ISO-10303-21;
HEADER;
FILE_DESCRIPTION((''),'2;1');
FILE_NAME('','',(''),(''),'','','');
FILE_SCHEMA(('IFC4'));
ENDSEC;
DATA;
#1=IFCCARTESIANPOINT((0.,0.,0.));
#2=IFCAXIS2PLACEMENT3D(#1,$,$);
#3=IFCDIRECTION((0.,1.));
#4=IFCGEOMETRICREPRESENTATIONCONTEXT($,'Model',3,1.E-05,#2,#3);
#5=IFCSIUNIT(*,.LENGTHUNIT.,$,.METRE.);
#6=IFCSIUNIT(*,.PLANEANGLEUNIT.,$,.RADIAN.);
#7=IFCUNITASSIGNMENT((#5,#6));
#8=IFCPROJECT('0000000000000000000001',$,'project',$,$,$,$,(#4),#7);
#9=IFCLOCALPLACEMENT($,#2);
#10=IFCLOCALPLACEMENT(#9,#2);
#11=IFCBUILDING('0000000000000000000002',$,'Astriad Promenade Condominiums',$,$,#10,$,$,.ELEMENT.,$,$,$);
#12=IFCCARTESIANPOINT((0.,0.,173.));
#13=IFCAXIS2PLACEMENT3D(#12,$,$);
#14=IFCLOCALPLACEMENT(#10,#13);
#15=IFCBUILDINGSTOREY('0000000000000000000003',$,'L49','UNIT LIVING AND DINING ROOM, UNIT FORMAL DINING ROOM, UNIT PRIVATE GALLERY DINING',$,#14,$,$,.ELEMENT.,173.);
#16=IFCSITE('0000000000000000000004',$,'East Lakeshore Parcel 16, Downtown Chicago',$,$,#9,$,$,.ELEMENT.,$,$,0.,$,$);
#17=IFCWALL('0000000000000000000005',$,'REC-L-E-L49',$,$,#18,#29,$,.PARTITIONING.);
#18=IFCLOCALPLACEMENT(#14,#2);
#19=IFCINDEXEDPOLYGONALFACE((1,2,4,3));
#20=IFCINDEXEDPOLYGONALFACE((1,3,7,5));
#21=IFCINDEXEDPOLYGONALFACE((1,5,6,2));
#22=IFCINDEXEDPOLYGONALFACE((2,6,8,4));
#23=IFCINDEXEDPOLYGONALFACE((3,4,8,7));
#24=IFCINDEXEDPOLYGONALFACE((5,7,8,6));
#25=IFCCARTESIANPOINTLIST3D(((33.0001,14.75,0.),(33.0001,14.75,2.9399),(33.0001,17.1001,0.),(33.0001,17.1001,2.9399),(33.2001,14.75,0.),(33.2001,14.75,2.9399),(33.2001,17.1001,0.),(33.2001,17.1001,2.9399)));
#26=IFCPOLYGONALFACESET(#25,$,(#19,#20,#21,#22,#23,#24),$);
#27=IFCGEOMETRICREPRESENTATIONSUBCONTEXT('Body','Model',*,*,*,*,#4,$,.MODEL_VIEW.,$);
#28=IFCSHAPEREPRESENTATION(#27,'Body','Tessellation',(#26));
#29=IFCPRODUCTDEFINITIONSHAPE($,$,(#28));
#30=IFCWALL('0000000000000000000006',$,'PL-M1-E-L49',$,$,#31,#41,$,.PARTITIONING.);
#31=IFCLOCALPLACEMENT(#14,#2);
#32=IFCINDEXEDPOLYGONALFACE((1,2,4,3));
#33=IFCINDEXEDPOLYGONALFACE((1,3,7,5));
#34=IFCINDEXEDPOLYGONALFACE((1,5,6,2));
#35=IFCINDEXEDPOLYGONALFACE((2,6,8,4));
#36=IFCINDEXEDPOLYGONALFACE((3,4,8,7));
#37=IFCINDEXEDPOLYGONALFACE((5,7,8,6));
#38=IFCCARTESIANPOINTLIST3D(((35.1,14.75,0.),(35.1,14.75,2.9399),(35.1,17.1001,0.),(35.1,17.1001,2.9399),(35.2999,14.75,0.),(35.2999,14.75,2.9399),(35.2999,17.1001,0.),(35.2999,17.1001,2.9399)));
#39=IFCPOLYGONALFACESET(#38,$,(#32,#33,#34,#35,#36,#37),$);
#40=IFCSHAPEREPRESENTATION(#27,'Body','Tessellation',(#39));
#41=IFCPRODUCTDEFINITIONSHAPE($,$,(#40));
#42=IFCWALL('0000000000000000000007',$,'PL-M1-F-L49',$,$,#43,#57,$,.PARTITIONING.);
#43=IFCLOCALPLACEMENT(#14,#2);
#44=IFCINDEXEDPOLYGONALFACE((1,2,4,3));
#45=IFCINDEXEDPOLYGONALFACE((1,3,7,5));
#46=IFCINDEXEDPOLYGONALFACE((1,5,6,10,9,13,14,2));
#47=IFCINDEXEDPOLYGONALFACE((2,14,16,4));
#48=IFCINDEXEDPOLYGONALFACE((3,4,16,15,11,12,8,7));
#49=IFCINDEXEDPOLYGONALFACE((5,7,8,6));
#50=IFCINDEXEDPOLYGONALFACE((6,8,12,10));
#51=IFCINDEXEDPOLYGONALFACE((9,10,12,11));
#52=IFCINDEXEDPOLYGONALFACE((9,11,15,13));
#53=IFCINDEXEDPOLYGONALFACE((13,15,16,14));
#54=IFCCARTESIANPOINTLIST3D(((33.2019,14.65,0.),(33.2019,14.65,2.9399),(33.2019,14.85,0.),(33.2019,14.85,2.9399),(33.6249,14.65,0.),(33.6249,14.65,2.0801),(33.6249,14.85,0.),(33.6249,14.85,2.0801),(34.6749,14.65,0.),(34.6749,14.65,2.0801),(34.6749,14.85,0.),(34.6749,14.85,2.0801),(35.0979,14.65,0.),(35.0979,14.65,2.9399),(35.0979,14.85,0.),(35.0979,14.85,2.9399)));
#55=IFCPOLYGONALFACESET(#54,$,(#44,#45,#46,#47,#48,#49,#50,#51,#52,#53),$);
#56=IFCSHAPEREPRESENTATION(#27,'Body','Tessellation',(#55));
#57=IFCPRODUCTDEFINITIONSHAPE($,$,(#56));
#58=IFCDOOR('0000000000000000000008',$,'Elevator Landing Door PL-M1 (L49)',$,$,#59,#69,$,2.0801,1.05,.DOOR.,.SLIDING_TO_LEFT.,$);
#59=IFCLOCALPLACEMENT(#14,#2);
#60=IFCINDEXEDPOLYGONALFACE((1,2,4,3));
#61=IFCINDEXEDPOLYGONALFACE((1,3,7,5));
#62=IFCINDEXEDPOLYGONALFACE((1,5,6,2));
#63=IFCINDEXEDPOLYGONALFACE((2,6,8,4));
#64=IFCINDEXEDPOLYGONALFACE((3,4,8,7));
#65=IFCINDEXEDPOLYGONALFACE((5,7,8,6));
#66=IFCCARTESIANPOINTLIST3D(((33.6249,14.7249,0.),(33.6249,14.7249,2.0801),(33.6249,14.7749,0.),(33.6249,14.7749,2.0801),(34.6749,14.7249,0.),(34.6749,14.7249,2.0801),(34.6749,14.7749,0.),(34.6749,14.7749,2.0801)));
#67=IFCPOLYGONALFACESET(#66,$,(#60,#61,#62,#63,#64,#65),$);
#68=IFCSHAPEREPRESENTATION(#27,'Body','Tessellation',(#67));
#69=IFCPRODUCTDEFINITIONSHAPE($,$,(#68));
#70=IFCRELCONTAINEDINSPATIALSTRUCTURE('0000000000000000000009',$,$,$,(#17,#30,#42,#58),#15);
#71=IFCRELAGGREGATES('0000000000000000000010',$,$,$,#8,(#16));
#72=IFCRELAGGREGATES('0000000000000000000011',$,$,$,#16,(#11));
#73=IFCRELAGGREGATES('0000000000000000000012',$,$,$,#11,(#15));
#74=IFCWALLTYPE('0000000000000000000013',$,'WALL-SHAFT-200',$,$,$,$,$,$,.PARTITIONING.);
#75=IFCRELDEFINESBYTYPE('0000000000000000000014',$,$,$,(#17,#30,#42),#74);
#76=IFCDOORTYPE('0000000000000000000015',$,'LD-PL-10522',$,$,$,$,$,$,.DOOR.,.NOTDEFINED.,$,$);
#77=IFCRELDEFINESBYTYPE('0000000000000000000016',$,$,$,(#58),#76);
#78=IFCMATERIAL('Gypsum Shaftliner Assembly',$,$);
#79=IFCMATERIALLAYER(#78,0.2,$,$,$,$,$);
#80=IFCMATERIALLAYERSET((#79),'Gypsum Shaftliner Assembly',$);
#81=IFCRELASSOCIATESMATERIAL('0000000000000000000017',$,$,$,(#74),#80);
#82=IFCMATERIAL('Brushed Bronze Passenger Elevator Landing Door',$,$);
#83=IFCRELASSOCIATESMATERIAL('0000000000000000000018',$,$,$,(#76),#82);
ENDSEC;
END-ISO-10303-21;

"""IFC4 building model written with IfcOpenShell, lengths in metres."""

from ifc_helpers import new_model, si_unit, direction, frame, frame_2d, origin, place, context, subcontext, project, spatial, rectangle, extrude, source, transform, mapped, material, layer, layer_set, type_object, type_shapes, element, fill, save


model = new_model("IFC4")

# Units and contexts
model_context = context("Model", 3, precision=1e-05, world=origin(), true_north=direction((0.0, 1.0)))
body_context = subcontext(model_context, "Body", "Model", "MODEL_VIEW")
ifc_project = project(units=[si_unit("LENGTHUNIT", "METRE"), si_unit("PLANEANGLEUNIT", "RADIAN")], contexts=[model_context])

# Site, building, storey
site_placement = place(None, origin())
site = spatial("IfcSite", under=ifc_project, at=site_placement, Name="East Lakeshore Parcel 16, Downtown Chicago", CompositionType="ELEMENT", RefElevation=0.0)
building_placement = place(site_placement, origin())
building = spatial("IfcBuilding", under=site, at=building_placement, Name="Astriad Promenade Condominiums", CompositionType="ELEMENT")
storey_placement = place(building_placement, frame((0.0, 0.0, 173.0)))
storey = spatial("IfcBuildingStorey", under=building, at=storey_placement, Name="L49", Description="UNIT LIVING AND DINING ROOM, UNIT FORMAL DINING ROOM, UNIT PRIVATE GALLERY DINING", CompositionType="ELEMENT", Elevation=173.0)

# Walls
ifc_material_1 = material(Name="Gypsum Shaftliner Assembly")
ifc_layer_1 = layer(ifc_material_1, 0.2)
ifc_layer_set_1 = layer_set([ifc_layer_1], Name="Gypsum Shaftliner Assembly")
wall_type_1 = type_object("IfcWallType", Name="WALL-SHAFT-200", PredefinedType="PARTITIONING", material=ifc_layer_set_1)
for number, where, z_axis, x_axis, name in (
    (1, (33.1001, 14.75, 0.0), (0.0, 0.0, 1.0), (0.0, 1.0, 0.0), "REC-L-E-L49"),
    (2, (35.2, 14.75, 0.0), (0.0, 0.0, 1.0), (0.0, 1.0, 0.0), "PL-M1-E-L49"),
):
    element("IfcWall", number, at=place(storey_placement, frame(where, z_axis=z_axis, x_axis=x_axis)), inside=storey, type_object=wall_type_1, Name=name, PredefinedType="PARTITIONING", context=body_context, shape_type="SweptSolid", body=[
        extrude(rectangle(XDim=2.3501, YDim=0.2, at=frame_2d((1.175, 0.0))), origin(), (0.0, 0.0, 1.0), 2.9399),
    ])

# Wall, opening, door
wall_1_placement = place(storey_placement, frame((33.2019, 14.75, 0.0), z_axis=(0.0, 0.0, 1.0), x_axis=(1.0, 0.0, 0.0)))
wall_1 = element("IfcWall", 3, at=wall_1_placement, inside=storey, type_object=wall_type_1, Name="PL-M1-F-L49", PredefinedType="PARTITIONING", context=body_context, shape_type="SweptSolid", body=[
    extrude(rectangle(XDim=1.896, YDim=0.2, at=frame_2d((0.948, 0.0))), origin(), (0.0, 0.0, 1.0), 2.9399),
])
opening_1_placement = place(wall_1_placement, frame((0.4231, 0.0, 0.0)))
opening_1 = element("IfcOpeningElement", 4, at=opening_1_placement, cuts=wall_1, PredefinedType="OPENING", context=body_context, shape_type="SweptSolid", body=[
    extrude(rectangle(XDim=1.05, YDim=2.0801, at=frame_2d((0.5249, 1.04))), frame((0.0, 0.1099, 0.0), z_axis=(0.0, -1.0, 0.0), x_axis=(1.0, 0.0, 0.0)), (0.0, 0.0, 1.0), 0.22),
])
ifc_material_2 = material(Name="Brushed Bronze Passenger Elevator Landing Door")
door_type_1 = type_object("IfcDoorType", Name="LD-PL-10522", OperationType="NOTDEFINED", PredefinedType="DOOR", material=ifc_material_2)
shared_shape_1 = source(origin(), body_context, "Body", "SweptSolid", [
    extrude(rectangle(XDim=1.05, YDim=2.0801, at=frame_2d((0.5249, 1.04))), frame((0.0, 0.0249, 0.0), z_axis=(0.0, -1.0, 0.0), x_axis=(1.0, 0.0, 0.0)), (0.0, 0.0, 1.0), 0.05),
])
type_shapes(door_type_1, [shared_shape_1])
door_1_placement = place(opening_1_placement, origin())
door_1 = element("IfcDoor", 5, at=door_1_placement, inside=storey, type_object=door_type_1, Name="Elevator Landing Door PL-M1 (L49)", OperationType="SLIDING_TO_LEFT", OverallHeight=2.0801, OverallWidth=1.05, PredefinedType="DOOR", context=body_context, shape_type="MappedRepresentation", body=[
    mapped(shared_shape_1, transform((0.0, 0.0, 0.0), scale=1.0)),
])
fill(opening_1, door_1)

save(model, "model.ifc")
